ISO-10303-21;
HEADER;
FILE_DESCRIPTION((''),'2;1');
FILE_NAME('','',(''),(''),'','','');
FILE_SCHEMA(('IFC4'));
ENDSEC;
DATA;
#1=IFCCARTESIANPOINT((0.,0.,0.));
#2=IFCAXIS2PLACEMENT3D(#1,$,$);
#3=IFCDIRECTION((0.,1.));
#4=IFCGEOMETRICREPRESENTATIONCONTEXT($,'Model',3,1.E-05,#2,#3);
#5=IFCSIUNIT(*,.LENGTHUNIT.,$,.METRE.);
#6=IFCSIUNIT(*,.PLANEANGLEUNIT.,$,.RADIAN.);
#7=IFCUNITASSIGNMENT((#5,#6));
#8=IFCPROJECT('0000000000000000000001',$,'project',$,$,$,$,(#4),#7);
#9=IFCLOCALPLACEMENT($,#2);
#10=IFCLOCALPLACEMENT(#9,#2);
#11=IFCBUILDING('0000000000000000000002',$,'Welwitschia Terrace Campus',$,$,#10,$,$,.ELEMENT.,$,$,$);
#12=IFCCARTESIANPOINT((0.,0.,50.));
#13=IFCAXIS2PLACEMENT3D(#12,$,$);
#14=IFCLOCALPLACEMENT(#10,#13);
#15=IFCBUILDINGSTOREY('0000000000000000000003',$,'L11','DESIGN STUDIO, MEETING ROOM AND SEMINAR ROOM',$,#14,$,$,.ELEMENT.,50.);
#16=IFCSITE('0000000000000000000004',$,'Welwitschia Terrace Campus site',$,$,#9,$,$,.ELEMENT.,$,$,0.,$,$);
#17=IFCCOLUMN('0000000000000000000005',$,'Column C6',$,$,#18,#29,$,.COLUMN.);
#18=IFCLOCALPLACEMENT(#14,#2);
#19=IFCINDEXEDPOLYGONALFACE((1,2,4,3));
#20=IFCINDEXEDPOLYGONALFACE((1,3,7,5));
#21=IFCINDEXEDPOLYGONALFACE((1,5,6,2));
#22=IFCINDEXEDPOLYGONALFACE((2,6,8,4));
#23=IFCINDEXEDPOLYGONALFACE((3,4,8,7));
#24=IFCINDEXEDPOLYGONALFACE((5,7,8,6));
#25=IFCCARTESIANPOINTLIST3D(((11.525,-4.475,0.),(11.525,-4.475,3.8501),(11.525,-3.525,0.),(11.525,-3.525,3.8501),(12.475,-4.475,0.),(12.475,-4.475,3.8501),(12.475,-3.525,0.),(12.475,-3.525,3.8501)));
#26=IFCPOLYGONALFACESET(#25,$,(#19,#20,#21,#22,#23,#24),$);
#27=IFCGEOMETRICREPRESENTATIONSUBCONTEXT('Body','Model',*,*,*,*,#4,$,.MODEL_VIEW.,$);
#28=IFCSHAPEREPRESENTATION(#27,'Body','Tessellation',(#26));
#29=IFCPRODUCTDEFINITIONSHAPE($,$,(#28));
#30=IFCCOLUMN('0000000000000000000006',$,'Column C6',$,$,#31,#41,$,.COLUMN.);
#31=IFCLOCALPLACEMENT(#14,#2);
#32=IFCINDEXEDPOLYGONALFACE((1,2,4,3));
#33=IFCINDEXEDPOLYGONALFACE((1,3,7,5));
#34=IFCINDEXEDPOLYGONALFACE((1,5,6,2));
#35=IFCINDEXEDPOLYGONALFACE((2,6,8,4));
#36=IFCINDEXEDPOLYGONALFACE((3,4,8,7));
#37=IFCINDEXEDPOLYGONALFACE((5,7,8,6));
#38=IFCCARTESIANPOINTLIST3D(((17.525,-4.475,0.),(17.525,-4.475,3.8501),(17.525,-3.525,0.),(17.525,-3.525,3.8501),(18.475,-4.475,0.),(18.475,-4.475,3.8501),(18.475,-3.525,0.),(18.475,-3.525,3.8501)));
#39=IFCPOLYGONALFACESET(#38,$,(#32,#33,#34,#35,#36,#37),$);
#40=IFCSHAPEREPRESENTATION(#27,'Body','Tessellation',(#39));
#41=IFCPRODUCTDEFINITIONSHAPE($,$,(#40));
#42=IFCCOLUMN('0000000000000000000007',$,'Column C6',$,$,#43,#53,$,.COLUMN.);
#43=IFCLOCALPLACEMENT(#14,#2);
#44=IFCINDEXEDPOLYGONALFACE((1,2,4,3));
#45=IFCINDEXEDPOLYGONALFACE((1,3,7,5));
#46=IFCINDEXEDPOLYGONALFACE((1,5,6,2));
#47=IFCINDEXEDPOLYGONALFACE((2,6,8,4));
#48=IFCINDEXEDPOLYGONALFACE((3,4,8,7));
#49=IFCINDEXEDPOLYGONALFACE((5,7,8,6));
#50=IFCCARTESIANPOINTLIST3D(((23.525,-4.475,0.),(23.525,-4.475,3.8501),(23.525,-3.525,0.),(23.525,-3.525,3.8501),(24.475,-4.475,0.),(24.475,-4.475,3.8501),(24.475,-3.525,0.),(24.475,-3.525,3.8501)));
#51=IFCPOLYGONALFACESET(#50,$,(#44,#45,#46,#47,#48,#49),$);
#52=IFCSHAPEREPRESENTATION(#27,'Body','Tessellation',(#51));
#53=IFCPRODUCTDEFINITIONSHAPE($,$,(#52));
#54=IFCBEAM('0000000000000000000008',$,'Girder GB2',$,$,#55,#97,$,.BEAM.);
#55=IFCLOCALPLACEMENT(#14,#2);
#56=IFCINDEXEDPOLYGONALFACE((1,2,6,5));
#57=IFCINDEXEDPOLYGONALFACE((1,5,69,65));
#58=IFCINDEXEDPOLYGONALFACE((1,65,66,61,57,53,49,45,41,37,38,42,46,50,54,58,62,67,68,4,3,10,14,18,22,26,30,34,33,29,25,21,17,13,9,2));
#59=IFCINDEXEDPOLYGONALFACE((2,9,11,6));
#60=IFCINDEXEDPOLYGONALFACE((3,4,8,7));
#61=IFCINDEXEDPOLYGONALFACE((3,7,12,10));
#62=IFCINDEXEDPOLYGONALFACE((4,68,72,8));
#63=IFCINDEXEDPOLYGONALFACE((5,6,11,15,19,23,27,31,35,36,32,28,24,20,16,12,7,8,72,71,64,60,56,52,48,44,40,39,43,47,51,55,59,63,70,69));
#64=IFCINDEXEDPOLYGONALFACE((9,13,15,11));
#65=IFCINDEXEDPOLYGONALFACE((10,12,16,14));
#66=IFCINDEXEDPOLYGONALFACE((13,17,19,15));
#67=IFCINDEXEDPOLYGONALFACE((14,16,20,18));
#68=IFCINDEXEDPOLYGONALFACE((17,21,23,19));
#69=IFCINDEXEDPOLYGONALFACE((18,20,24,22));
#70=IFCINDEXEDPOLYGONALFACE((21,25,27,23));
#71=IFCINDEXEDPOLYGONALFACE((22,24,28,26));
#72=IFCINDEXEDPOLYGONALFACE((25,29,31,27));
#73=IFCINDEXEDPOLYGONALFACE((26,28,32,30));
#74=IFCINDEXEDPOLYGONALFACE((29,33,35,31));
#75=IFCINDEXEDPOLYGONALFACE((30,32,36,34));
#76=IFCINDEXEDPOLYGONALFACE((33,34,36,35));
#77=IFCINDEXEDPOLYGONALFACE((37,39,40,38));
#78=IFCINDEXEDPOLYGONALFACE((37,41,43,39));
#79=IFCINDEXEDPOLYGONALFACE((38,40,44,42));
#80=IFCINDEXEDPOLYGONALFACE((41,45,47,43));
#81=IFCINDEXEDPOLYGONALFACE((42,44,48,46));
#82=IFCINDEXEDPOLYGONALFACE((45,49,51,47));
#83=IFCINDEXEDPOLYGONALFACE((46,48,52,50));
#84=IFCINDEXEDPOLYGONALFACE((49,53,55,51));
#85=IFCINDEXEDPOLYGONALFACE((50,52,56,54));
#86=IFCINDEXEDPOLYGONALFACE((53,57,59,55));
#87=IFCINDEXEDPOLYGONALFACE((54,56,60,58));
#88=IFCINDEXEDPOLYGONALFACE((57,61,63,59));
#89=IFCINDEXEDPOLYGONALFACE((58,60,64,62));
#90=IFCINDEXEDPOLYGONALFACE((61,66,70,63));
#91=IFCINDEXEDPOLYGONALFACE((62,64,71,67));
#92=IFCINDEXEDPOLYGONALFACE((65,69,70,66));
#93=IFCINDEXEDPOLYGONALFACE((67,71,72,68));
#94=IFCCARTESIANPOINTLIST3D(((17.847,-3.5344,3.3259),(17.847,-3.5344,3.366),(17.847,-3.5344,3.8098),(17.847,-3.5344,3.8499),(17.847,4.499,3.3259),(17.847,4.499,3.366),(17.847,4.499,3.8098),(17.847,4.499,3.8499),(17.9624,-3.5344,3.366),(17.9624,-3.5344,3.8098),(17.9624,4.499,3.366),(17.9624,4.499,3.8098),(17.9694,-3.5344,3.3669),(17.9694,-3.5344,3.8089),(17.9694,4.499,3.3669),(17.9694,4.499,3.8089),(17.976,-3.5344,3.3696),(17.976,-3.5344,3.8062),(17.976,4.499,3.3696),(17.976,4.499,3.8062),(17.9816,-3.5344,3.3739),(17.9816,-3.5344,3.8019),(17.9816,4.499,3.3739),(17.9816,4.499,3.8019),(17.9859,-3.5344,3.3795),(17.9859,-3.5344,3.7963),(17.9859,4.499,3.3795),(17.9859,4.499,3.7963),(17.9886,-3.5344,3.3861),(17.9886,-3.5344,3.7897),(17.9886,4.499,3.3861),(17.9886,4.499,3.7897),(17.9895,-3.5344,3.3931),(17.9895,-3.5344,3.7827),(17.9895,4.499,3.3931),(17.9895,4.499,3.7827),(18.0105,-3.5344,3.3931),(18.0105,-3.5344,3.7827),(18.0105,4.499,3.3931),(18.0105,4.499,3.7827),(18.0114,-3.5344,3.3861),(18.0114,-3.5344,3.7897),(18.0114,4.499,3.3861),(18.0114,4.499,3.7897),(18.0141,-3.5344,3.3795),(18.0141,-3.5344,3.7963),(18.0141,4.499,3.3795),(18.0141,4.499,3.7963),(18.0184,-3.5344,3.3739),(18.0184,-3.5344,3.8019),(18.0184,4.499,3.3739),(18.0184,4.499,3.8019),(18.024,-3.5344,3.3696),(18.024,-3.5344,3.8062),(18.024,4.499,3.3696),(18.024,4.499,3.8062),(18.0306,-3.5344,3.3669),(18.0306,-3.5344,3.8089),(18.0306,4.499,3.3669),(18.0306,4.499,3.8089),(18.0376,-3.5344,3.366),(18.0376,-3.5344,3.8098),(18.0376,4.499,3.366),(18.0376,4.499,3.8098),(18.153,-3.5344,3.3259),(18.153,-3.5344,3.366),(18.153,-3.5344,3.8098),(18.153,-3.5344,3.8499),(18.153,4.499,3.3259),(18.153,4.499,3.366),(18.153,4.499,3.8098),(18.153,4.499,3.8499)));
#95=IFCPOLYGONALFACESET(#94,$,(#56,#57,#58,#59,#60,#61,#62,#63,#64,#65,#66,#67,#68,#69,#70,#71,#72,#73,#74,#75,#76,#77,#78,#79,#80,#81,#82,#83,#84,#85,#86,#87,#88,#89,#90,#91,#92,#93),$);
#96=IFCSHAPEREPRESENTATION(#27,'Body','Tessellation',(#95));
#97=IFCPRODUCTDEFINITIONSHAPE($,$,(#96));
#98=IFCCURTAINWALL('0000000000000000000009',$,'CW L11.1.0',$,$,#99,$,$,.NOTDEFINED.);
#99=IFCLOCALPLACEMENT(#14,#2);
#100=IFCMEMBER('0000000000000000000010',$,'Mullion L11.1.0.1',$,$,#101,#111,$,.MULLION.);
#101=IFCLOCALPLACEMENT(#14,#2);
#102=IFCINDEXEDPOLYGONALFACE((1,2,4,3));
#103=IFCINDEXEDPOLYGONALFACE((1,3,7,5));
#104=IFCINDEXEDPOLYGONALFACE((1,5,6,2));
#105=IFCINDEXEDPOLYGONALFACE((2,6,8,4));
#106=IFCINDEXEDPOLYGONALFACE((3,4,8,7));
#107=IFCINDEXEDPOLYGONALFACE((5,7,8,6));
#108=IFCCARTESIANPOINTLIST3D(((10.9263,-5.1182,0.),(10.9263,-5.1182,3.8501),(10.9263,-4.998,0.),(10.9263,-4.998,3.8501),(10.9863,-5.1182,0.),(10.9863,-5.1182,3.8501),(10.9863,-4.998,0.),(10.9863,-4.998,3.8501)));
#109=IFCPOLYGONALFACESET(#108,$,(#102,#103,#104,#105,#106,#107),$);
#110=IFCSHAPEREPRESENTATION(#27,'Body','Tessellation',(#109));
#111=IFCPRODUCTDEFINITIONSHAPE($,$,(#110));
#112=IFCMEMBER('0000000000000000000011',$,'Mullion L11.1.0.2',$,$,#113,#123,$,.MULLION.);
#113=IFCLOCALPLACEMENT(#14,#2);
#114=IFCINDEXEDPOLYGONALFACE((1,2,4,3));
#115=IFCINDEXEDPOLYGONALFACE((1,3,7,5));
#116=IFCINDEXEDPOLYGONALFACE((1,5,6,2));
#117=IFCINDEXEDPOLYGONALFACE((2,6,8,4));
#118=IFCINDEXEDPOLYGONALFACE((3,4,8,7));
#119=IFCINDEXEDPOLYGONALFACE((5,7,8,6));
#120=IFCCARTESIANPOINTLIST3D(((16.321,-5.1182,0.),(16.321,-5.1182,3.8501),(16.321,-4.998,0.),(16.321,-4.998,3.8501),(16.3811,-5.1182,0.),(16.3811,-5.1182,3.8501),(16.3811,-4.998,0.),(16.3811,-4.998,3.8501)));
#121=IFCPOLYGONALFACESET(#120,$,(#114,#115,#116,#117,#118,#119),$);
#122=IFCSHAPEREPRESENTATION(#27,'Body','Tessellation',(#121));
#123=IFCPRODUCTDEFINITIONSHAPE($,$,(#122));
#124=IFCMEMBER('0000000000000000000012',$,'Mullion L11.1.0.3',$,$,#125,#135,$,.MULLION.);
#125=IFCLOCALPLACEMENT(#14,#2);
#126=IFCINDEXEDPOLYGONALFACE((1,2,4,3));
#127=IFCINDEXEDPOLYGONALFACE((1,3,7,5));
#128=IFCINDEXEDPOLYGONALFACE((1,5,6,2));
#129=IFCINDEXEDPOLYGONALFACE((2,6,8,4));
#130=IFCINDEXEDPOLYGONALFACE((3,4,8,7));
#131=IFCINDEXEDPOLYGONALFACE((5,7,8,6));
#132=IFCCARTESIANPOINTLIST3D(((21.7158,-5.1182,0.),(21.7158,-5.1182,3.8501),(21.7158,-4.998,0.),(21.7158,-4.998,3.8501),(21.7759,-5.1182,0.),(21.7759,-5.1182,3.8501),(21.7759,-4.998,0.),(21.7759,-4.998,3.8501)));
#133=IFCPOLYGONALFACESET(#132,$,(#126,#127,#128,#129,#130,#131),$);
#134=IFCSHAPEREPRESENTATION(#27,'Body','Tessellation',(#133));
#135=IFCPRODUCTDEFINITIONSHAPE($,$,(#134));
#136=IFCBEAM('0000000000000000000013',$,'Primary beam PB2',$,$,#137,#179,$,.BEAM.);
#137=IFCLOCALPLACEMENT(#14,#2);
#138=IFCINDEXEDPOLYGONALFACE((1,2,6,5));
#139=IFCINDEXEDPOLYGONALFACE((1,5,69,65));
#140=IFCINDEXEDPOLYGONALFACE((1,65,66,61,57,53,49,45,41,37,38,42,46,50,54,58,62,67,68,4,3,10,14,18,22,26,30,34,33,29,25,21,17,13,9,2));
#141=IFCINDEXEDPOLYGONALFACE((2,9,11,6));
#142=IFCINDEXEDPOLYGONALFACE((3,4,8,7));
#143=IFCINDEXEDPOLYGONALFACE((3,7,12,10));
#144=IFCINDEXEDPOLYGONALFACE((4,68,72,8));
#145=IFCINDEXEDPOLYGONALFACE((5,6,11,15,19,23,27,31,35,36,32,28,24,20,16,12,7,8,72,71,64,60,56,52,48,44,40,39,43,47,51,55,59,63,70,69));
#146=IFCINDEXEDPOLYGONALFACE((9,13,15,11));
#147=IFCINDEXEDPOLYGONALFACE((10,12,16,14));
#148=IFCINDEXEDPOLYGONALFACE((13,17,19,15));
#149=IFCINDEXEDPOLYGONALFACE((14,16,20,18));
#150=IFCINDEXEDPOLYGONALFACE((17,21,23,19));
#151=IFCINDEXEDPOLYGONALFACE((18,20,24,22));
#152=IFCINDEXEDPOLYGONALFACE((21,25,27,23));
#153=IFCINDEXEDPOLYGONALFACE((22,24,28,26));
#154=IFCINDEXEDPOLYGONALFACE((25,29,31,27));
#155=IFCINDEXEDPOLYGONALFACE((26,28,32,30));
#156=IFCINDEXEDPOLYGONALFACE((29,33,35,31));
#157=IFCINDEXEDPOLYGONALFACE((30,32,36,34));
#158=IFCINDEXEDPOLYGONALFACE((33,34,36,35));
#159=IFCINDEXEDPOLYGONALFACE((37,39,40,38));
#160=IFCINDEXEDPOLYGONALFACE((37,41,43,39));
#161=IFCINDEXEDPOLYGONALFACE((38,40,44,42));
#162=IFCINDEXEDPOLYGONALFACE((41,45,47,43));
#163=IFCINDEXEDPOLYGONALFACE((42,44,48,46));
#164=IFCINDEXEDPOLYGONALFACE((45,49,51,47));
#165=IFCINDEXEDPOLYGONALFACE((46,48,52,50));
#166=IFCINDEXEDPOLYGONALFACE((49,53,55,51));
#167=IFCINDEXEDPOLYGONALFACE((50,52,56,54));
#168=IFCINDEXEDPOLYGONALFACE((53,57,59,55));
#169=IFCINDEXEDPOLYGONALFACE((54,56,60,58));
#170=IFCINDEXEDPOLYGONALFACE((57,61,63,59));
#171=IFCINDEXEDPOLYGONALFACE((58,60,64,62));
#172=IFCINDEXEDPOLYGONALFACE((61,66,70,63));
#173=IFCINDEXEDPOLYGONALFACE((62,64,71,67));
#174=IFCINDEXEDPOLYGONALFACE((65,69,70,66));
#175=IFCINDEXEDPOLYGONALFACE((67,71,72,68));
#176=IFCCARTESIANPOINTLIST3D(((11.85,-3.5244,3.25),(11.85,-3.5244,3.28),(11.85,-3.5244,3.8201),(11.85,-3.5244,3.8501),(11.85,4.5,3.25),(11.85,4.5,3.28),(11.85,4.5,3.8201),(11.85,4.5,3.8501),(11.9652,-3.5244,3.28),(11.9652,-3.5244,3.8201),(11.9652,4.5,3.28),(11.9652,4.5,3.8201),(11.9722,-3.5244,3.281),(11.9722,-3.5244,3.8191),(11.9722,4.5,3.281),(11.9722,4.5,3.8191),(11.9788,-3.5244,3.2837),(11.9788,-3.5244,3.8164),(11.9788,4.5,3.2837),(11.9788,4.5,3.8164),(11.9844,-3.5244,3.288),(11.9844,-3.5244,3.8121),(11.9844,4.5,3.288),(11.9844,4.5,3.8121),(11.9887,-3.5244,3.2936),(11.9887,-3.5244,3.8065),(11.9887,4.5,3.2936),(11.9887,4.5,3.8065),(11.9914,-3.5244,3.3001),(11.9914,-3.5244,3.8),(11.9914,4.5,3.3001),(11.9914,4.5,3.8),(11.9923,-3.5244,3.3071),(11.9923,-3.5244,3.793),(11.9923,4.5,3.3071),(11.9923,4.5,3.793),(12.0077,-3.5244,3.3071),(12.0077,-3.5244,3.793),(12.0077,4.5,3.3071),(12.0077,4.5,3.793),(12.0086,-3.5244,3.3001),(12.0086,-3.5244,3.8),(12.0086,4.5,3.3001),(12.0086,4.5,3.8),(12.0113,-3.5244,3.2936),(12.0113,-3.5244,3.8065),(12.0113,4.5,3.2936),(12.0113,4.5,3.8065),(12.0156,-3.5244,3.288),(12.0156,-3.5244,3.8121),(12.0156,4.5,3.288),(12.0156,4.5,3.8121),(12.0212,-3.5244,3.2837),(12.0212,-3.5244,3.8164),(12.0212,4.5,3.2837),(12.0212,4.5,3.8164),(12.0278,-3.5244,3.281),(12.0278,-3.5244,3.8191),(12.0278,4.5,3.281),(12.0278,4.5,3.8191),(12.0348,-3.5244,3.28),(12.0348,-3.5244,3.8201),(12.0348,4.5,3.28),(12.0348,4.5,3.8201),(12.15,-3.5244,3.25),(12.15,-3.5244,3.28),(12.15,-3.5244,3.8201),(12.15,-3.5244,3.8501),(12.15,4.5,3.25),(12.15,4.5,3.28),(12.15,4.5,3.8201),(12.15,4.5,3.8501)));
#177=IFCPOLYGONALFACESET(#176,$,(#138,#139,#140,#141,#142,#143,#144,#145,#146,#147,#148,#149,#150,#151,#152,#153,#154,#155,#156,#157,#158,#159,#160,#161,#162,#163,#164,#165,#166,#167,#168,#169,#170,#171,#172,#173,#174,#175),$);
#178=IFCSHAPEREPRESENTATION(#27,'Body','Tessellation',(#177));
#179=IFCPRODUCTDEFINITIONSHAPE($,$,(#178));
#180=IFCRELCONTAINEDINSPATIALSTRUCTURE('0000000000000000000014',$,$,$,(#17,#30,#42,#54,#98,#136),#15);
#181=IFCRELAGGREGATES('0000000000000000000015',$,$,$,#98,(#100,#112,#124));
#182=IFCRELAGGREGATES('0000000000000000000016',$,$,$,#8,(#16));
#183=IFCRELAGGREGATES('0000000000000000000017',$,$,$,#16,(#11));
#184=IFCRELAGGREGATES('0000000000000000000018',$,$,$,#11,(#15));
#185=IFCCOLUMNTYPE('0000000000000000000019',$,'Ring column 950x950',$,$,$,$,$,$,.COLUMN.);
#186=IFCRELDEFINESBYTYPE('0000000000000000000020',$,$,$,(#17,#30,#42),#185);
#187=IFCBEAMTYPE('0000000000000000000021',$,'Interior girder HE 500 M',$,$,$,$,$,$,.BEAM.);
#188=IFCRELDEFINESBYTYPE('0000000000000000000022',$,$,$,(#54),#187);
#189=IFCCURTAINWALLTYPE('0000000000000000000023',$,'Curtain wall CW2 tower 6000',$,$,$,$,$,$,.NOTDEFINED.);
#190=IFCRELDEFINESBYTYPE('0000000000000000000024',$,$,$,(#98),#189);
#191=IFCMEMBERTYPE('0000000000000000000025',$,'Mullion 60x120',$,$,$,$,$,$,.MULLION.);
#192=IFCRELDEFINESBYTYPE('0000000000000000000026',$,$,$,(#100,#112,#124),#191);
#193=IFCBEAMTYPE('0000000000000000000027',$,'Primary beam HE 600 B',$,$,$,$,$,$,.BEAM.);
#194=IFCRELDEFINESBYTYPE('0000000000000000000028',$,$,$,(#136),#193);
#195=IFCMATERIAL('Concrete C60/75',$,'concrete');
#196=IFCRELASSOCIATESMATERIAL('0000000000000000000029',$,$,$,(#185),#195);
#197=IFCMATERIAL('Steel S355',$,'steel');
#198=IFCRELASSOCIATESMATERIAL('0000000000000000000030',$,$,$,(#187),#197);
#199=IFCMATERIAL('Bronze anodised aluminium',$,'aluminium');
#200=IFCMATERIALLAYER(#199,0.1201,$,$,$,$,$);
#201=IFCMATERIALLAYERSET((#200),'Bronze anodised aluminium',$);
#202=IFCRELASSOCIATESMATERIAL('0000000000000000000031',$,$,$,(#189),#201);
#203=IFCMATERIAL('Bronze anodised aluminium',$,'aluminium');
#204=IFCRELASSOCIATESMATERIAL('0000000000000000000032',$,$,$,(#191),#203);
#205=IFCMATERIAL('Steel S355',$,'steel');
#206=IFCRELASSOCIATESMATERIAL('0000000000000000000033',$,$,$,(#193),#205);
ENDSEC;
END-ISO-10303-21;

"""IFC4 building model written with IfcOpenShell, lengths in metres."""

from ifc_helpers import new_model, si_unit, direction, frame, origin, origin_2d, place, context, subcontext, project, spatial, rectangle, i_section, extrude, material, layer, layer_set, material_profile, profile_set, type_object, element, aggregate, save


model = new_model("IFC4")

# Units and contexts
model_context = context("Model", 3, precision=1e-05, world=origin(), true_north=direction((0.0, 1.0)))
body_context = subcontext(model_context, "Body", "Model", "MODEL_VIEW")
ifc_project = project(units=[si_unit("LENGTHUNIT", "METRE"), si_unit("PLANEANGLEUNIT", "RADIAN")], contexts=[model_context])

# Site, building, storey
site_placement = place(None, origin())
site = spatial("IfcSite", under=ifc_project, at=site_placement, Name="Welwitschia Terrace Campus site", CompositionType="ELEMENT", RefElevation=0.0)
building_placement = place(site_placement, origin())
building = spatial("IfcBuilding", under=site, at=building_placement, Name="Welwitschia Terrace Campus", CompositionType="ELEMENT")
storey_placement = place(building_placement, frame((0.0, 0.0, 50.0)))
storey = spatial("IfcBuildingStorey", under=building, at=storey_placement, Name="L11", Description="DESIGN STUDIO, MEETING ROOM AND SEMINAR ROOM", CompositionType="ELEMENT", Elevation=50.0)

# Columns
ifc_material_1 = material(Name="Concrete C60/75", Category="concrete")
ifc_material_profile_1 = material_profile(ifc_material_1, rectangle(XDim=0.95, YDim=0.95, at=origin_2d()))
ifc_profile_set_1 = profile_set([ifc_material_profile_1], Name="Concrete C60/75")
column_type = type_object("IfcColumnType", Name="Ring column 950x950", PredefinedType="COLUMN", material=ifc_profile_set_1)
for number, where, z_axis, x_axis, name in (
    (1, (12.0, -4.0, 0.0), (0.0, 0.0, 1.0), (1.0, 0.0, 0.0), "Column C6"),
    (2, (18.0, -4.0, 0.0), (0.0, 0.0, 1.0), (1.0, 0.0, 0.0), "Column C6"),
    (3, (24.0, -4.0, 0.0), (0.0, 0.0, 1.0), (1.0, 0.0, 0.0), "Column C6"),
):
    element("IfcColumn", number, at=place(storey_placement, frame(where, z_axis=z_axis, x_axis=x_axis)), inside=storey, type_object=column_type, Name=name, PredefinedType="COLUMN", context=body_context, shape_type="SweptSolid", body=[
        extrude(rectangle(XDim=0.95, YDim=0.95, at=origin_2d()), origin(), (0.0, 0.0, 1.0), 3.8501),
    ])

# Beam
ifc_material_2 = material(Name="Steel S355", Category="steel")
ifc_material_profile_2 = material_profile(ifc_material_2, i_section(OverallWidth=0.3059, OverallDepth=0.5239, WebThickness=0.021, FlangeThickness=0.04, FilletRadius=0.0271, at=origin_2d()))
ifc_profile_set_2 = profile_set([ifc_material_profile_2], Name="Steel S355")
beam_type_1 = type_object("IfcBeamType", Name="Interior girder HE 500 M", PredefinedType="BEAM", material=ifc_profile_set_2)
beam_placement = place(storey_placement, frame((18.0, -3.5344, 3.5879), z_axis=(0.0, 1.0, 0.0), x_axis=(-1.0, 0.0, 0.0)))
element("IfcBeam", 4, at=beam_placement, inside=storey, type_object=beam_type_1, Name="Girder GB2", PredefinedType="BEAM", context=body_context, shape_type="SweptSolid", body=[
    extrude(i_section(OverallWidth=0.3059, OverallDepth=0.5239, WebThickness=0.021, FlangeThickness=0.04, FilletRadius=0.0271, at=origin_2d()), origin(), (0.0, 0.0, 1.0), 8.0334),
])

# Curtain wall, members
ifc_material_3 = material(Name="Bronze anodised aluminium", Category="aluminium")
ifc_layer_1 = layer(ifc_material_3, 0.1201)
ifc_layer_set_1 = layer_set([ifc_layer_1], Name="Bronze anodised aluminium")
curtain_wall_type = type_object("IfcCurtainWallType", Name="Curtain wall CW2 tower 6000", PredefinedType="NOTDEFINED", material=ifc_layer_set_1)
curtain_wall_placement = place(storey_placement, origin())
curtain_wall = element("IfcCurtainWall", 5, at=curtain_wall_placement, inside=storey, type_object=curtain_wall_type, Name="CW L11.1.0", PredefinedType="NOTDEFINED")
ifc_material_4 = material(Name="Bronze anodised aluminium", Category="aluminium")
ifc_material_profile_3 = material_profile(ifc_material_4, rectangle(XDim=0.1201, YDim=0.0601, at=origin_2d()))
ifc_profile_set_3 = profile_set([ifc_material_profile_3], Name="Bronze anodised aluminium")
member_type = type_object("IfcMemberType", Name="Mullion 60x120", PredefinedType="MULLION", material=ifc_profile_set_3)
member_1_placement = place(storey_placement, frame((10.9563, -5.0581, 0.0), z_axis=(0.0, 0.0, 1.0), x_axis=(0.0, 1.0, 0.0)))
member_1 = element("IfcMember", 6, at=member_1_placement, type_object=member_type, Name="Mullion L11.1.0.1", PredefinedType="MULLION", context=body_context, shape_type="SweptSolid", body=[
    extrude(rectangle(XDim=0.1201, YDim=0.0601, at=origin_2d()), origin(), (0.0, 0.0, 1.0), 3.8501),
])
member_2_placement = place(storey_placement, frame((16.3511, -5.0581, 0.0), z_axis=(0.0, 0.0, 1.0), x_axis=(0.0, 1.0, 0.0)))
member_2 = element("IfcMember", 7, at=member_2_placement, type_object=member_type, Name="Mullion L11.1.0.2", PredefinedType="MULLION", context=body_context, shape_type="SweptSolid", body=[
    extrude(rectangle(XDim=0.1201, YDim=0.0601, at=origin_2d()), origin(), (0.0, 0.0, 1.0), 3.8501),
])
member_3_placement = place(storey_placement, frame((21.7458, -5.0581, 0.0), z_axis=(0.0, 0.0, 1.0), x_axis=(0.0, 1.0, 0.0)))
member_3 = element("IfcMember", 8, at=member_3_placement, type_object=member_type, Name="Mullion L11.1.0.3", PredefinedType="MULLION", context=body_context, shape_type="SweptSolid", body=[
    extrude(rectangle(XDim=0.1201, YDim=0.0601, at=origin_2d()), origin(), (0.0, 0.0, 1.0), 3.8501),
])

# Beam
ifc_material_5 = material(Name="Steel S355", Category="steel")
ifc_material_profile_4 = material_profile(ifc_material_5, i_section(OverallWidth=0.3, OverallDepth=0.6001, WebThickness=0.0154, FlangeThickness=0.03, FilletRadius=0.0271, at=origin_2d()))
ifc_profile_set_4 = profile_set([ifc_material_profile_4], Name="Steel S355")
beam_type_2 = type_object("IfcBeamType", Name="Primary beam HE 600 B", PredefinedType="BEAM", material=ifc_profile_set_4)
for number, where, z_axis, x_axis, name in (
    (9, (12.0, -3.5244, 3.55), (0.0, 1.0, 0.0), (-1.0, 0.0, 0.0), "Primary beam PB2"),
):
    element("IfcBeam", number, at=place(storey_placement, frame(where, z_axis=z_axis, x_axis=x_axis)), inside=storey, type_object=beam_type_2, Name=name, PredefinedType="BEAM", context=body_context, shape_type="SweptSolid", body=[
        extrude(i_section(OverallWidth=0.3, OverallDepth=0.6001, WebThickness=0.0154, FlangeThickness=0.03, FilletRadius=0.0271, at=origin_2d()), origin(), (0.0, 0.0, 1.0), 8.0244),
    ])

aggregate(curtain_wall, [member_1, member_2, member_3])

save(model, "model.ifc")
